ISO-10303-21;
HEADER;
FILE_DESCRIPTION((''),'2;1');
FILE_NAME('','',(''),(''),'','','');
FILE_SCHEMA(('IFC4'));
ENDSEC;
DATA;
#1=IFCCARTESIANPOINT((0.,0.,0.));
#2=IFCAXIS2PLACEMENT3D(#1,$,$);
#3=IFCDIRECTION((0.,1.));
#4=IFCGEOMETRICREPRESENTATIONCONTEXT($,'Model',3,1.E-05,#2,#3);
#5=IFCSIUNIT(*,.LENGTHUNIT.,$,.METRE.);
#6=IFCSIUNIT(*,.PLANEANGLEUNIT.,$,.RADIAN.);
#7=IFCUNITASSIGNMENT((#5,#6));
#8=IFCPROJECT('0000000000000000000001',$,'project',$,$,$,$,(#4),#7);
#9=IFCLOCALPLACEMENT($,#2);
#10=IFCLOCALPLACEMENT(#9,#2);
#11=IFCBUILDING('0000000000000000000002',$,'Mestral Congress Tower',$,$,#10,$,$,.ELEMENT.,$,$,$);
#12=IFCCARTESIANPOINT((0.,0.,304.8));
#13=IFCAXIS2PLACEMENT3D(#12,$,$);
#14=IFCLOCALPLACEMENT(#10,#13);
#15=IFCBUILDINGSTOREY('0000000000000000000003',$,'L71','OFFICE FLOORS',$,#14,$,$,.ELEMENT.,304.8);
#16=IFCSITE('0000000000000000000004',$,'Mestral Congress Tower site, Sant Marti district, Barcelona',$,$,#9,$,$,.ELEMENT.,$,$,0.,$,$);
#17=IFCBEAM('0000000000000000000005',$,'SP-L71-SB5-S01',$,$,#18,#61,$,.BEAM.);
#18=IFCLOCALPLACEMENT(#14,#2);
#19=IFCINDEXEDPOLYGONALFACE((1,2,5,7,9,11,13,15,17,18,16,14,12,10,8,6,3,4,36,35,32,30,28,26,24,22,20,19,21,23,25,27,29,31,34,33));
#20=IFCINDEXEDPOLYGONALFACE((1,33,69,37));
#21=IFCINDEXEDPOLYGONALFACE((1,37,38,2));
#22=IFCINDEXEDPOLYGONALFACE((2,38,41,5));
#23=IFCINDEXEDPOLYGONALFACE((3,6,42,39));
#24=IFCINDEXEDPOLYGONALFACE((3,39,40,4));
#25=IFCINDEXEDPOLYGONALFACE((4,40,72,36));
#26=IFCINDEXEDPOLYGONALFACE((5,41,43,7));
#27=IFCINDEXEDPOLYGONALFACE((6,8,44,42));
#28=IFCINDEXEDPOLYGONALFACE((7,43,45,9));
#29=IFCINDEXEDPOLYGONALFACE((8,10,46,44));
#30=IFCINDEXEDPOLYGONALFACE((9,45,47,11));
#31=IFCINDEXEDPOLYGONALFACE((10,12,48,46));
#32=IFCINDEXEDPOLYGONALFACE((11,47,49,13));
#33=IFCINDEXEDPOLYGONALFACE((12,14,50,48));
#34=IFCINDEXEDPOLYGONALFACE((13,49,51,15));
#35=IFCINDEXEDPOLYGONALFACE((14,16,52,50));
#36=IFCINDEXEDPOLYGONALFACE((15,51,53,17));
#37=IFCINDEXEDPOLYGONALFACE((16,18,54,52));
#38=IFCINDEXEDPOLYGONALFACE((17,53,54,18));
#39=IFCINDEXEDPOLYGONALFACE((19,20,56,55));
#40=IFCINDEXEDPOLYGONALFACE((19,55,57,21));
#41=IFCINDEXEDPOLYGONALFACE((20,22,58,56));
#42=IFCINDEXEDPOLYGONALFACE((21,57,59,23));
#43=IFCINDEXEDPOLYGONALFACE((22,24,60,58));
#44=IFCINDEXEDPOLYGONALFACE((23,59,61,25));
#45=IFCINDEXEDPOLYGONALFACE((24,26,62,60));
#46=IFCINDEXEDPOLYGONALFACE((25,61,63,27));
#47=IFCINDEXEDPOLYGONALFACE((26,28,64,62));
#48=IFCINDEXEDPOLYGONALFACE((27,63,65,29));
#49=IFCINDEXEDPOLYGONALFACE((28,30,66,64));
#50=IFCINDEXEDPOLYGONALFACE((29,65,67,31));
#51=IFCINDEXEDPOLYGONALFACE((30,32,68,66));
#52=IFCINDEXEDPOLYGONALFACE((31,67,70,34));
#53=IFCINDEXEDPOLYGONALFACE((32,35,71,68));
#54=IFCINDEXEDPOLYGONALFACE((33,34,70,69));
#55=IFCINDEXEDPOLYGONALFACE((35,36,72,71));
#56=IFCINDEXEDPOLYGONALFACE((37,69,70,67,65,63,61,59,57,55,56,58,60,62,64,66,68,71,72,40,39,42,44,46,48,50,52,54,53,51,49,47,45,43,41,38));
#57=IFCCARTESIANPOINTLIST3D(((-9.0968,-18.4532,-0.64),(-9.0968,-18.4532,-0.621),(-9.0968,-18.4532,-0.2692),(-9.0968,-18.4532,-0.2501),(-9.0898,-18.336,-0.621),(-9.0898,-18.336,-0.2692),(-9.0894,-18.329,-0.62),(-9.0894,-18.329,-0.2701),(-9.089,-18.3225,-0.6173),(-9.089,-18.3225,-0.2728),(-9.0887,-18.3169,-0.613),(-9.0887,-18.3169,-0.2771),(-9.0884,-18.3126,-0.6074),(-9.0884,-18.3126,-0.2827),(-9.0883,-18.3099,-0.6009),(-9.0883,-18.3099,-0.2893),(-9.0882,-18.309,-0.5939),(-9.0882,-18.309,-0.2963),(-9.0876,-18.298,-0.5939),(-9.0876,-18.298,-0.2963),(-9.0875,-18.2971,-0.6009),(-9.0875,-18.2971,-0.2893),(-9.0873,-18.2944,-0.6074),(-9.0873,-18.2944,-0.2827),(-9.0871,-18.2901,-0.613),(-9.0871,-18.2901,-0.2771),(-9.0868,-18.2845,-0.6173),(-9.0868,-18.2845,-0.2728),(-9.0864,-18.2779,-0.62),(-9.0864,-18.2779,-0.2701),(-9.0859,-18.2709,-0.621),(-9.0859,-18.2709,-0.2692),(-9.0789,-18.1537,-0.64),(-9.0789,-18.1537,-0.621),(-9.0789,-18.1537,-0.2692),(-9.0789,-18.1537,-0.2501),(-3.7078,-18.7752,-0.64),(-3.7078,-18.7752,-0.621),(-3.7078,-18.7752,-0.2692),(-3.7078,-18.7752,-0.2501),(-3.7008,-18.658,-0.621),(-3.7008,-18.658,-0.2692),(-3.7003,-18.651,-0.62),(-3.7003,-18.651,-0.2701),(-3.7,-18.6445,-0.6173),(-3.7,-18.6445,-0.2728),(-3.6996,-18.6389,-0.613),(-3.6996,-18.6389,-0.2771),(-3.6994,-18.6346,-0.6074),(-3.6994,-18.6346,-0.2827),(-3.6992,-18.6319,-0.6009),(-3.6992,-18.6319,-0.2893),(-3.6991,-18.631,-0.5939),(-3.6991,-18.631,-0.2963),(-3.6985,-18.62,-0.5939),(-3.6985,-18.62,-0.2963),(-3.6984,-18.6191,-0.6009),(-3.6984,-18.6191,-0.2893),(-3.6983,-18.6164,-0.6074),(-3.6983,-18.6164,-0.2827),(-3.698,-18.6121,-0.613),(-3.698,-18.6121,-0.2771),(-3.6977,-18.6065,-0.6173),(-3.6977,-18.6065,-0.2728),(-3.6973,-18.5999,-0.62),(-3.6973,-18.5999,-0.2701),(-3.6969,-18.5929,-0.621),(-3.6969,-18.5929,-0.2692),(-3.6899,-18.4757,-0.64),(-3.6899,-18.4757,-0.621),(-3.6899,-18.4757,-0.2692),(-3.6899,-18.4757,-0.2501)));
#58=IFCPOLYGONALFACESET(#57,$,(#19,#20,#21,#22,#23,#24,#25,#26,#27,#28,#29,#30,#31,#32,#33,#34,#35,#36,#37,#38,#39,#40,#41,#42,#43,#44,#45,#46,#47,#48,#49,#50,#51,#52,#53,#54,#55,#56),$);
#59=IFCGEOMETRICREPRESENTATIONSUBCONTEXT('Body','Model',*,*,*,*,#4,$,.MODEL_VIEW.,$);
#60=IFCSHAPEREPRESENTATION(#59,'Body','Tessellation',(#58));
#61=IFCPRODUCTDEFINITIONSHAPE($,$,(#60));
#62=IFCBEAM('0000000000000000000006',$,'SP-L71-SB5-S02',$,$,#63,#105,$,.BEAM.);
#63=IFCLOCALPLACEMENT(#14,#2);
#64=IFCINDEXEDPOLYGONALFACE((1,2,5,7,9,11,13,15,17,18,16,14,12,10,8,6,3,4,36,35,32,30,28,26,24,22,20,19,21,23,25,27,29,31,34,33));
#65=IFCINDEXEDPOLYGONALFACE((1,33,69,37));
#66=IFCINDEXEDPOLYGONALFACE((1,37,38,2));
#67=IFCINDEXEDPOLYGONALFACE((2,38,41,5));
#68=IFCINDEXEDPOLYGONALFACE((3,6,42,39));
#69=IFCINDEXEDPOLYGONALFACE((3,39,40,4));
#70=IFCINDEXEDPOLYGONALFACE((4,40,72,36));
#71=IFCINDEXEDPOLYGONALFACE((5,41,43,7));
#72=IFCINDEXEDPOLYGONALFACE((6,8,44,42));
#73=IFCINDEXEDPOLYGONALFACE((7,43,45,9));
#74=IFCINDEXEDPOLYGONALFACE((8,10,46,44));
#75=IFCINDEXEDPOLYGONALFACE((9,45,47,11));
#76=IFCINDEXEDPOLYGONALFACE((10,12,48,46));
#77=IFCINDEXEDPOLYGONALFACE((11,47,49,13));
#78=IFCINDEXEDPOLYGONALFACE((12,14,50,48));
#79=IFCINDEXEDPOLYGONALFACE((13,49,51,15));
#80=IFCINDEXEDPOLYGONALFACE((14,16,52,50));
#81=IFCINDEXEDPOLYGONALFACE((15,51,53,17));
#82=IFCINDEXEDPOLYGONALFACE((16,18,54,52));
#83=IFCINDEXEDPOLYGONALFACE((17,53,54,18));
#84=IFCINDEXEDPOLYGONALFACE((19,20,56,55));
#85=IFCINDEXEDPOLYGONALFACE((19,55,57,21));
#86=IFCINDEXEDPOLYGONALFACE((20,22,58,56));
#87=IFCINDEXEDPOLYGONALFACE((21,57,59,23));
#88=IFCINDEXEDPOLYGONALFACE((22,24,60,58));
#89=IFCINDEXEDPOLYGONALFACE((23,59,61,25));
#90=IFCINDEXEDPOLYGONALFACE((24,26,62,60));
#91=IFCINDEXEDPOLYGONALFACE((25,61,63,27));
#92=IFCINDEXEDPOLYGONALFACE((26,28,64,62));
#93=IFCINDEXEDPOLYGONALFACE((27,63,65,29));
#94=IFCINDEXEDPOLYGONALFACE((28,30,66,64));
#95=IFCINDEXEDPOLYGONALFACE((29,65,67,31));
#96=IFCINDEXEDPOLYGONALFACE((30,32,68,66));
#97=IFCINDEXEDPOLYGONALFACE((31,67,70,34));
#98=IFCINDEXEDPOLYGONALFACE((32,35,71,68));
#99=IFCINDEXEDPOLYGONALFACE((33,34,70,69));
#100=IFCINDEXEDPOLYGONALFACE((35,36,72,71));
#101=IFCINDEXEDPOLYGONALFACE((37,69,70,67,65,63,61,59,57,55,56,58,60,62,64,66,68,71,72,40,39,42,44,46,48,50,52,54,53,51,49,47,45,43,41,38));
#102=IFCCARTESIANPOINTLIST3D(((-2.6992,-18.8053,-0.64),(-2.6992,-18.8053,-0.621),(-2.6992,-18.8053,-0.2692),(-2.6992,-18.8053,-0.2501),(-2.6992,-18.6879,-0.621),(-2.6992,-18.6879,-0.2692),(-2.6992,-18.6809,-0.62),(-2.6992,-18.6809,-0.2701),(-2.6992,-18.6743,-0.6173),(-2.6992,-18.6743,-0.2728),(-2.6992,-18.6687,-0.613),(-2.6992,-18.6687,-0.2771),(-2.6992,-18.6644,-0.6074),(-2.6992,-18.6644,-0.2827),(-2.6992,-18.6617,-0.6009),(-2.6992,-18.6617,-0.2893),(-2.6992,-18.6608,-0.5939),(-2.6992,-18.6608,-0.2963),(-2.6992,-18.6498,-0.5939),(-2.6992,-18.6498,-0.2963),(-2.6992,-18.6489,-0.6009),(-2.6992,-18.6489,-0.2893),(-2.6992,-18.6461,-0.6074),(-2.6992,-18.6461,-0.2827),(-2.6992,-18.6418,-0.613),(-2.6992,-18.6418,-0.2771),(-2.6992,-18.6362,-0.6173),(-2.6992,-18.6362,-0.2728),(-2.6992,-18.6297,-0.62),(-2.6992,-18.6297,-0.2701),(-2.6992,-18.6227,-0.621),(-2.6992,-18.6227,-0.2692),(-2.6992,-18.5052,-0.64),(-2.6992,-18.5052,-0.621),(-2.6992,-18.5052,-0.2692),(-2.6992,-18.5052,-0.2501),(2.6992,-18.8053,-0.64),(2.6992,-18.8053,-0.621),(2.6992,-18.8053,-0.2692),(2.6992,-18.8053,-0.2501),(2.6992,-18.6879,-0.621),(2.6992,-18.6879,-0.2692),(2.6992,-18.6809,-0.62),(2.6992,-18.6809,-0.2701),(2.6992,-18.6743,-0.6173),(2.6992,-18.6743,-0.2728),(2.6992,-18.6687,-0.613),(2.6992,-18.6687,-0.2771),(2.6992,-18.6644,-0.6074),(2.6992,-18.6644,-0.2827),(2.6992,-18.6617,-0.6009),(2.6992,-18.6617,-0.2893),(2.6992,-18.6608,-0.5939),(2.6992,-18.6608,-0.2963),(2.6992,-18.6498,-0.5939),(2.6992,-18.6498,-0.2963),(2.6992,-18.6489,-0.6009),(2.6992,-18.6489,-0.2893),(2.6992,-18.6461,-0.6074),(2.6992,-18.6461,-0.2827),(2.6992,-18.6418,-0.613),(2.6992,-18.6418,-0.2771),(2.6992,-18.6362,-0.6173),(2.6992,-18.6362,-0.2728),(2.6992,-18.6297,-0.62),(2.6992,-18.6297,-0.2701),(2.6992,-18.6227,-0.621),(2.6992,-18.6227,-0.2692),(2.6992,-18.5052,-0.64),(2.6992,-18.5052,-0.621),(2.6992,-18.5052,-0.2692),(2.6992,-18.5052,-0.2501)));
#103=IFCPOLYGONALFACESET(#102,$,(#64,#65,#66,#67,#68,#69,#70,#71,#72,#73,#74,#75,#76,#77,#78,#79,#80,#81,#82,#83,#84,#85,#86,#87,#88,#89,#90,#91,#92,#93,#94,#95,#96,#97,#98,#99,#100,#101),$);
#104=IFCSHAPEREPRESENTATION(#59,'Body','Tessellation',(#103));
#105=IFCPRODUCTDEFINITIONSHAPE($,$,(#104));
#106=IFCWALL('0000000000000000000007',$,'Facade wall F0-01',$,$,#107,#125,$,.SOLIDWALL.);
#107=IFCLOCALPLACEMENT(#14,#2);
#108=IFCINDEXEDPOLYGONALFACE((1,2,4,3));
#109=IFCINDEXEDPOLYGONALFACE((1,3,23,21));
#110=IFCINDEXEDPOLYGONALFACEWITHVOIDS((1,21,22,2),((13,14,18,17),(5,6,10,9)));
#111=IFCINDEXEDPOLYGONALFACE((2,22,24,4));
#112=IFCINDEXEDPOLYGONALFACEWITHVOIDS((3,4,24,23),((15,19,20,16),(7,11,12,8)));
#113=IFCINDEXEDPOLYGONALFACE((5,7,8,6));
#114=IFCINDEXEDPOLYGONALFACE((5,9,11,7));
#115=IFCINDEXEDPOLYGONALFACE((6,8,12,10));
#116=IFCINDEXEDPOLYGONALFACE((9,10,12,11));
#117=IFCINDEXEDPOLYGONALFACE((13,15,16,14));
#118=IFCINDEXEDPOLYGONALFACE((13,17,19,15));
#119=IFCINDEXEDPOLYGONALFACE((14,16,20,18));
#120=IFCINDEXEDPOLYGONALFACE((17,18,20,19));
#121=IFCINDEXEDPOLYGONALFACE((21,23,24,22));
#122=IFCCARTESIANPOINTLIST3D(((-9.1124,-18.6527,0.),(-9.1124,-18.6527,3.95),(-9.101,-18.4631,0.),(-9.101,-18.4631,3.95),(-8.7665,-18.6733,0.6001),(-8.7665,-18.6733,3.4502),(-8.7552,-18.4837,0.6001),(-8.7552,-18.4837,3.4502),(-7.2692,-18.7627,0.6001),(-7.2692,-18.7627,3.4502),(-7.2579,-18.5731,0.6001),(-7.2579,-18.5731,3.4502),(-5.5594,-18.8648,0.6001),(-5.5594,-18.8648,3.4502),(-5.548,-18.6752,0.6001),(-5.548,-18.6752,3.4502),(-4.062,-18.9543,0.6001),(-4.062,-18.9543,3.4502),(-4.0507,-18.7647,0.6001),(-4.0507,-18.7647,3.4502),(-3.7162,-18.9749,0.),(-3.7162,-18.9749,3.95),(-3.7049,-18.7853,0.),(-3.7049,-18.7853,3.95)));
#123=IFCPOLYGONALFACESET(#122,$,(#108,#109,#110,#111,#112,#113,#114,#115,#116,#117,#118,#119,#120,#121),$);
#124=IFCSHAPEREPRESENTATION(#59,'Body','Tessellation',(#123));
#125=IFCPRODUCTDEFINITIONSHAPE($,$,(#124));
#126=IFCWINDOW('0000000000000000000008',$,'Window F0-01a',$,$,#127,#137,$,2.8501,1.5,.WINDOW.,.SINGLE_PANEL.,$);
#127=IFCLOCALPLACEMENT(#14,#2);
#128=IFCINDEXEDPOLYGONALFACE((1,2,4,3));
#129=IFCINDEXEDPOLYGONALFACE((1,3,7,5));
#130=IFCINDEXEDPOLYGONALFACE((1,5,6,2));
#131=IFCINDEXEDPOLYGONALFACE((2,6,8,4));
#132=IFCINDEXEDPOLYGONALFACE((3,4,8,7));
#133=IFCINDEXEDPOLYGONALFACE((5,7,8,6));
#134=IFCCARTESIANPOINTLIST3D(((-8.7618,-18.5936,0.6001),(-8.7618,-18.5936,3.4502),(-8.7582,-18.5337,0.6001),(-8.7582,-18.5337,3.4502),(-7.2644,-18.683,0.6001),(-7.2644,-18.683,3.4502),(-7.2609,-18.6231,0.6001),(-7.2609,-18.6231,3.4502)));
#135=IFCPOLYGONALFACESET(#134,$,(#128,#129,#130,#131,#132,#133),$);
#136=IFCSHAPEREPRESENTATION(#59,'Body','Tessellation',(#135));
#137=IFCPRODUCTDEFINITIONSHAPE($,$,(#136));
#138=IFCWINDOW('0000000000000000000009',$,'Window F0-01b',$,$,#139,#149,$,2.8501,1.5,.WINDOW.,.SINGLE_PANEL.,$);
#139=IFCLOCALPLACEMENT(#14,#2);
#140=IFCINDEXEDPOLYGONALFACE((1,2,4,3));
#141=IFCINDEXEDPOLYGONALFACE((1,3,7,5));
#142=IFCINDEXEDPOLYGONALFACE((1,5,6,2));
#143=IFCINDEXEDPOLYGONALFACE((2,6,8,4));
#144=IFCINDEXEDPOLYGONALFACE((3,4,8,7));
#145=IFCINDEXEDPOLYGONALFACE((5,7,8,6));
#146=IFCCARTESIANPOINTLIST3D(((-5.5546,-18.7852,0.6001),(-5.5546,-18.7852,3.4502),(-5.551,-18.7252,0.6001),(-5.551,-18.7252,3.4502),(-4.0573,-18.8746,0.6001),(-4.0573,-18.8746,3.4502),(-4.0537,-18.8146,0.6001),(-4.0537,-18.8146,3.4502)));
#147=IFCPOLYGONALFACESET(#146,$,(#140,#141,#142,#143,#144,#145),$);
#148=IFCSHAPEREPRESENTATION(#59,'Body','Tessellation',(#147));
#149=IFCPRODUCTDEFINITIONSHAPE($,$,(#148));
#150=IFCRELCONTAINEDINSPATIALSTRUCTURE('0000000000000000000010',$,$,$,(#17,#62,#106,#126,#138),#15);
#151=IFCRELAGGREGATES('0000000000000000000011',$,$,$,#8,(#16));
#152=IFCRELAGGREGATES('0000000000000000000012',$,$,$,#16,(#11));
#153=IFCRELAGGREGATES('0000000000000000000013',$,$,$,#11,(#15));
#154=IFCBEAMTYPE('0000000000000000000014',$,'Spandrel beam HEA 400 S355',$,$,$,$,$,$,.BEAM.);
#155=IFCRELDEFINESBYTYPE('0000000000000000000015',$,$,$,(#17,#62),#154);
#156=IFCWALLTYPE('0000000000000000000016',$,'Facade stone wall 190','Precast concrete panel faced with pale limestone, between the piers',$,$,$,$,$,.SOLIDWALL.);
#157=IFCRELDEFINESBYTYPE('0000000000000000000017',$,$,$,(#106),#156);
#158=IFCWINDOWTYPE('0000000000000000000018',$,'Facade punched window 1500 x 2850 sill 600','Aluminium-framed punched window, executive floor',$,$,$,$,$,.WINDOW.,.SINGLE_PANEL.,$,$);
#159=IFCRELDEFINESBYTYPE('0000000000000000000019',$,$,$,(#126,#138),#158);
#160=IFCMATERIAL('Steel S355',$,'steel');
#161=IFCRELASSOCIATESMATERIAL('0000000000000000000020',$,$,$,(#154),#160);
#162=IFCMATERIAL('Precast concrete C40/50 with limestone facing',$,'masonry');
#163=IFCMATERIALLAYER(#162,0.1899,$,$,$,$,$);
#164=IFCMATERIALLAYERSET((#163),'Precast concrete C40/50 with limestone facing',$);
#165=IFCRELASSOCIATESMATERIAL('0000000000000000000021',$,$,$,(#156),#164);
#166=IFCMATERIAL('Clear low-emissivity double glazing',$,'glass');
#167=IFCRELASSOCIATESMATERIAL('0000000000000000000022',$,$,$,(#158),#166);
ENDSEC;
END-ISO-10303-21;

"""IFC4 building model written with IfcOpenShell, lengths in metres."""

from ifc_helpers import new_model, si_unit, direction, frame, frame_2d, origin, origin_2d, place, context, subcontext, project, spatial, rectangle, i_section, extrude, material, layer, layer_set, material_profile, profile_set, type_object, element, fill, save


model = new_model("IFC4")

# Units and contexts
model_context = context("Model", 3, precision=1e-05, world=origin(), true_north=direction((0.0, 1.0)))
body_context = subcontext(model_context, "Body", "Model", "MODEL_VIEW")
ifc_project = project(units=[si_unit("LENGTHUNIT", "METRE"), si_unit("PLANEANGLEUNIT", "RADIAN")], contexts=[model_context])

# Site, building, storey
site_placement = place(None, origin())
site = spatial("IfcSite", under=ifc_project, at=site_placement, Name="Mestral Congress Tower site, Sant Marti district, Barcelona", CompositionType="ELEMENT", RefElevation=0.0)
building_placement = place(site_placement, origin())
building = spatial("IfcBuilding", under=site, at=building_placement, Name="Mestral Congress Tower", CompositionType="ELEMENT")
storey_placement = place(building_placement, frame((0.0, 0.0, 304.8)))
storey = spatial("IfcBuildingStorey", under=building, at=storey_placement, Name="L71", Description="OFFICE FLOORS", CompositionType="ELEMENT", Elevation=304.8)

# Beams
ifc_material_1 = material(Name="Steel S355", Category="steel")
ifc_material_profile_1 = material_profile(ifc_material_1, i_section(OverallWidth=0.3, OverallDepth=0.3899, WebThickness=0.011, FlangeThickness=0.019, FilletRadius=0.0271, at=origin_2d()), Name="HEA 400")
ifc_profile_set_1 = profile_set([ifc_material_profile_1], Name="Steel S355")
beam_type_1 = type_object("IfcBeamType", Name="Spandrel beam HEA 400 S355", PredefinedType="BEAM", material=ifc_profile_set_1)
beam_1_placement = place(storey_placement, frame((-9.0879, -18.3035, -0.4451), z_axis=(0.99822, -0.059647, 0.0), x_axis=(0.059647, 0.99822, 0.0)))
element("IfcBeam", 1, at=beam_1_placement, inside=storey, type_object=beam_type_1, Name="SP-L71-SB5-S01", PredefinedType="BEAM", context=body_context, shape_type="SweptSolid", body=[
    extrude(i_section(OverallWidth=0.3, OverallDepth=0.3899, WebThickness=0.011, FlangeThickness=0.019, FilletRadius=0.0271, at=origin_2d()), origin(), (0.0, 0.0, 1.0), 5.3987),
])
beam_2_placement = place(storey_placement, frame((-2.6992, -18.6553, -0.4451), z_axis=(1.0, 0.0, 0.0), x_axis=(0.0, 1.0, 0.0)))
element("IfcBeam", 2, at=beam_2_placement, inside=storey, type_object=beam_type_1, Name="SP-L71-SB5-S02", PredefinedType="BEAM", context=body_context, shape_type="SweptSolid", body=[
    extrude(i_section(OverallWidth=0.3, OverallDepth=0.3899, WebThickness=0.011, FlangeThickness=0.019, FilletRadius=0.0271, at=origin_2d()), origin(), (0.0, 0.0, 1.0), 5.3984),
])

# Wall, openings, windows
ifc_material_2 = material(Name="Precast concrete C40/50 with limestone facing", Category="masonry")
ifc_layer_1 = layer(ifc_material_2, 0.1899)
ifc_layer_set_1 = layer_set([ifc_layer_1], Name="Precast concrete C40/50 with limestone facing")
wall_type_1 = type_object("IfcWallType", Name="Facade stone wall 190", Description="Precast concrete panel faced with pale limestone, between the piers", PredefinedType="SOLIDWALL", material=ifc_layer_set_1)
wall_1_placement = place(storey_placement, frame((-9.1067, -18.5579, 0.0), z_axis=(0.0, 0.0, 1.0), x_axis=(0.998221, -0.059614, 0.0)))
wall_1 = element("IfcWall", 3, at=wall_1_placement, inside=storey, type_object=wall_type_1, Name="Facade wall F0-01", PredefinedType="SOLIDWALL", context=body_context, shape_type="SweptSolid", body=[
    extrude(rectangle(XDim=5.4058, YDim=0.1899, at=frame_2d((2.7029, 0.0))), origin(), (0.0, 0.0, 1.0), 3.95),
])
opening_1_placement = place(wall_1_placement, frame((0.3464, 0.0, 0.6001)))
opening_1 = element("IfcOpeningElement", 4, at=opening_1_placement, cuts=wall_1, PredefinedType="OPENING", context=body_context, shape_type="SweptSolid", body=[
    extrude(rectangle(XDim=1.5, YDim=2.8501, at=frame_2d((0.75, 1.425))), frame((0.0, 0.105, 0.0), z_axis=(0.0, -1.0, 0.0), x_axis=(1.0, 0.0, 0.0)), (0.0, 0.0, 1.0), 0.21),
])
opening_2_placement = place(wall_1_placement, frame((3.5593, 0.0, 0.6001)))
opening_2 = element("IfcOpeningElement", 5, at=opening_2_placement, cuts=wall_1, PredefinedType="OPENING", context=body_context, shape_type="SweptSolid", body=[
    extrude(rectangle(XDim=1.5, YDim=2.8501, at=frame_2d((0.75, 1.425))), frame((0.0, 0.105, 0.0), z_axis=(0.0, -1.0, 0.0), x_axis=(1.0, 0.0, 0.0)), (0.0, 0.0, 1.0), 0.21),
])
ifc_material_3 = material(Name="Clear low-emissivity double glazing", Category="glass")
window_type = type_object("IfcWindowType", Name="Facade punched window 1500 x 2850 sill 600", Description="Aluminium-framed punched window, executive floor", PartitioningType="SINGLE_PANEL", PredefinedType="WINDOW", material=ifc_material_3)
window_1_placement = place(opening_1_placement, origin())
window_1 = element("IfcWindow", 6, at=window_1_placement, inside=storey, type_object=window_type, Name="Window F0-01a", OverallHeight=2.8501, OverallWidth=1.5, PartitioningType="SINGLE_PANEL", PredefinedType="WINDOW", context=body_context, shape_type="SweptSolid", body=[
    extrude(rectangle(XDim=1.5, YDim=2.8501, at=frame_2d((0.75, 1.425))), frame((0.0, 0.0449, 0.0), z_axis=(0.0, -1.0, 0.0), x_axis=(1.0, 0.0, 0.0)), (0.0, 0.0, 1.0), 0.0601),
])
fill(opening_1, window_1)
window_2_placement = place(opening_2_placement, origin())
window_2 = element("IfcWindow", 7, at=window_2_placement, inside=storey, type_object=window_type, Name="Window F0-01b", OverallHeight=2.8501, OverallWidth=1.5, PartitioningType="SINGLE_PANEL", PredefinedType="WINDOW", context=body_context, shape_type="SweptSolid", body=[
    extrude(rectangle(XDim=1.5, YDim=2.8501, at=frame_2d((0.75, 1.425))), frame((0.0, 0.0449, 0.0), z_axis=(0.0, -1.0, 0.0), x_axis=(1.0, 0.0, 0.0)), (0.0, 0.0, 1.0), 0.0601),
])
fill(opening_2, window_2)

save(model, "model.ifc")
